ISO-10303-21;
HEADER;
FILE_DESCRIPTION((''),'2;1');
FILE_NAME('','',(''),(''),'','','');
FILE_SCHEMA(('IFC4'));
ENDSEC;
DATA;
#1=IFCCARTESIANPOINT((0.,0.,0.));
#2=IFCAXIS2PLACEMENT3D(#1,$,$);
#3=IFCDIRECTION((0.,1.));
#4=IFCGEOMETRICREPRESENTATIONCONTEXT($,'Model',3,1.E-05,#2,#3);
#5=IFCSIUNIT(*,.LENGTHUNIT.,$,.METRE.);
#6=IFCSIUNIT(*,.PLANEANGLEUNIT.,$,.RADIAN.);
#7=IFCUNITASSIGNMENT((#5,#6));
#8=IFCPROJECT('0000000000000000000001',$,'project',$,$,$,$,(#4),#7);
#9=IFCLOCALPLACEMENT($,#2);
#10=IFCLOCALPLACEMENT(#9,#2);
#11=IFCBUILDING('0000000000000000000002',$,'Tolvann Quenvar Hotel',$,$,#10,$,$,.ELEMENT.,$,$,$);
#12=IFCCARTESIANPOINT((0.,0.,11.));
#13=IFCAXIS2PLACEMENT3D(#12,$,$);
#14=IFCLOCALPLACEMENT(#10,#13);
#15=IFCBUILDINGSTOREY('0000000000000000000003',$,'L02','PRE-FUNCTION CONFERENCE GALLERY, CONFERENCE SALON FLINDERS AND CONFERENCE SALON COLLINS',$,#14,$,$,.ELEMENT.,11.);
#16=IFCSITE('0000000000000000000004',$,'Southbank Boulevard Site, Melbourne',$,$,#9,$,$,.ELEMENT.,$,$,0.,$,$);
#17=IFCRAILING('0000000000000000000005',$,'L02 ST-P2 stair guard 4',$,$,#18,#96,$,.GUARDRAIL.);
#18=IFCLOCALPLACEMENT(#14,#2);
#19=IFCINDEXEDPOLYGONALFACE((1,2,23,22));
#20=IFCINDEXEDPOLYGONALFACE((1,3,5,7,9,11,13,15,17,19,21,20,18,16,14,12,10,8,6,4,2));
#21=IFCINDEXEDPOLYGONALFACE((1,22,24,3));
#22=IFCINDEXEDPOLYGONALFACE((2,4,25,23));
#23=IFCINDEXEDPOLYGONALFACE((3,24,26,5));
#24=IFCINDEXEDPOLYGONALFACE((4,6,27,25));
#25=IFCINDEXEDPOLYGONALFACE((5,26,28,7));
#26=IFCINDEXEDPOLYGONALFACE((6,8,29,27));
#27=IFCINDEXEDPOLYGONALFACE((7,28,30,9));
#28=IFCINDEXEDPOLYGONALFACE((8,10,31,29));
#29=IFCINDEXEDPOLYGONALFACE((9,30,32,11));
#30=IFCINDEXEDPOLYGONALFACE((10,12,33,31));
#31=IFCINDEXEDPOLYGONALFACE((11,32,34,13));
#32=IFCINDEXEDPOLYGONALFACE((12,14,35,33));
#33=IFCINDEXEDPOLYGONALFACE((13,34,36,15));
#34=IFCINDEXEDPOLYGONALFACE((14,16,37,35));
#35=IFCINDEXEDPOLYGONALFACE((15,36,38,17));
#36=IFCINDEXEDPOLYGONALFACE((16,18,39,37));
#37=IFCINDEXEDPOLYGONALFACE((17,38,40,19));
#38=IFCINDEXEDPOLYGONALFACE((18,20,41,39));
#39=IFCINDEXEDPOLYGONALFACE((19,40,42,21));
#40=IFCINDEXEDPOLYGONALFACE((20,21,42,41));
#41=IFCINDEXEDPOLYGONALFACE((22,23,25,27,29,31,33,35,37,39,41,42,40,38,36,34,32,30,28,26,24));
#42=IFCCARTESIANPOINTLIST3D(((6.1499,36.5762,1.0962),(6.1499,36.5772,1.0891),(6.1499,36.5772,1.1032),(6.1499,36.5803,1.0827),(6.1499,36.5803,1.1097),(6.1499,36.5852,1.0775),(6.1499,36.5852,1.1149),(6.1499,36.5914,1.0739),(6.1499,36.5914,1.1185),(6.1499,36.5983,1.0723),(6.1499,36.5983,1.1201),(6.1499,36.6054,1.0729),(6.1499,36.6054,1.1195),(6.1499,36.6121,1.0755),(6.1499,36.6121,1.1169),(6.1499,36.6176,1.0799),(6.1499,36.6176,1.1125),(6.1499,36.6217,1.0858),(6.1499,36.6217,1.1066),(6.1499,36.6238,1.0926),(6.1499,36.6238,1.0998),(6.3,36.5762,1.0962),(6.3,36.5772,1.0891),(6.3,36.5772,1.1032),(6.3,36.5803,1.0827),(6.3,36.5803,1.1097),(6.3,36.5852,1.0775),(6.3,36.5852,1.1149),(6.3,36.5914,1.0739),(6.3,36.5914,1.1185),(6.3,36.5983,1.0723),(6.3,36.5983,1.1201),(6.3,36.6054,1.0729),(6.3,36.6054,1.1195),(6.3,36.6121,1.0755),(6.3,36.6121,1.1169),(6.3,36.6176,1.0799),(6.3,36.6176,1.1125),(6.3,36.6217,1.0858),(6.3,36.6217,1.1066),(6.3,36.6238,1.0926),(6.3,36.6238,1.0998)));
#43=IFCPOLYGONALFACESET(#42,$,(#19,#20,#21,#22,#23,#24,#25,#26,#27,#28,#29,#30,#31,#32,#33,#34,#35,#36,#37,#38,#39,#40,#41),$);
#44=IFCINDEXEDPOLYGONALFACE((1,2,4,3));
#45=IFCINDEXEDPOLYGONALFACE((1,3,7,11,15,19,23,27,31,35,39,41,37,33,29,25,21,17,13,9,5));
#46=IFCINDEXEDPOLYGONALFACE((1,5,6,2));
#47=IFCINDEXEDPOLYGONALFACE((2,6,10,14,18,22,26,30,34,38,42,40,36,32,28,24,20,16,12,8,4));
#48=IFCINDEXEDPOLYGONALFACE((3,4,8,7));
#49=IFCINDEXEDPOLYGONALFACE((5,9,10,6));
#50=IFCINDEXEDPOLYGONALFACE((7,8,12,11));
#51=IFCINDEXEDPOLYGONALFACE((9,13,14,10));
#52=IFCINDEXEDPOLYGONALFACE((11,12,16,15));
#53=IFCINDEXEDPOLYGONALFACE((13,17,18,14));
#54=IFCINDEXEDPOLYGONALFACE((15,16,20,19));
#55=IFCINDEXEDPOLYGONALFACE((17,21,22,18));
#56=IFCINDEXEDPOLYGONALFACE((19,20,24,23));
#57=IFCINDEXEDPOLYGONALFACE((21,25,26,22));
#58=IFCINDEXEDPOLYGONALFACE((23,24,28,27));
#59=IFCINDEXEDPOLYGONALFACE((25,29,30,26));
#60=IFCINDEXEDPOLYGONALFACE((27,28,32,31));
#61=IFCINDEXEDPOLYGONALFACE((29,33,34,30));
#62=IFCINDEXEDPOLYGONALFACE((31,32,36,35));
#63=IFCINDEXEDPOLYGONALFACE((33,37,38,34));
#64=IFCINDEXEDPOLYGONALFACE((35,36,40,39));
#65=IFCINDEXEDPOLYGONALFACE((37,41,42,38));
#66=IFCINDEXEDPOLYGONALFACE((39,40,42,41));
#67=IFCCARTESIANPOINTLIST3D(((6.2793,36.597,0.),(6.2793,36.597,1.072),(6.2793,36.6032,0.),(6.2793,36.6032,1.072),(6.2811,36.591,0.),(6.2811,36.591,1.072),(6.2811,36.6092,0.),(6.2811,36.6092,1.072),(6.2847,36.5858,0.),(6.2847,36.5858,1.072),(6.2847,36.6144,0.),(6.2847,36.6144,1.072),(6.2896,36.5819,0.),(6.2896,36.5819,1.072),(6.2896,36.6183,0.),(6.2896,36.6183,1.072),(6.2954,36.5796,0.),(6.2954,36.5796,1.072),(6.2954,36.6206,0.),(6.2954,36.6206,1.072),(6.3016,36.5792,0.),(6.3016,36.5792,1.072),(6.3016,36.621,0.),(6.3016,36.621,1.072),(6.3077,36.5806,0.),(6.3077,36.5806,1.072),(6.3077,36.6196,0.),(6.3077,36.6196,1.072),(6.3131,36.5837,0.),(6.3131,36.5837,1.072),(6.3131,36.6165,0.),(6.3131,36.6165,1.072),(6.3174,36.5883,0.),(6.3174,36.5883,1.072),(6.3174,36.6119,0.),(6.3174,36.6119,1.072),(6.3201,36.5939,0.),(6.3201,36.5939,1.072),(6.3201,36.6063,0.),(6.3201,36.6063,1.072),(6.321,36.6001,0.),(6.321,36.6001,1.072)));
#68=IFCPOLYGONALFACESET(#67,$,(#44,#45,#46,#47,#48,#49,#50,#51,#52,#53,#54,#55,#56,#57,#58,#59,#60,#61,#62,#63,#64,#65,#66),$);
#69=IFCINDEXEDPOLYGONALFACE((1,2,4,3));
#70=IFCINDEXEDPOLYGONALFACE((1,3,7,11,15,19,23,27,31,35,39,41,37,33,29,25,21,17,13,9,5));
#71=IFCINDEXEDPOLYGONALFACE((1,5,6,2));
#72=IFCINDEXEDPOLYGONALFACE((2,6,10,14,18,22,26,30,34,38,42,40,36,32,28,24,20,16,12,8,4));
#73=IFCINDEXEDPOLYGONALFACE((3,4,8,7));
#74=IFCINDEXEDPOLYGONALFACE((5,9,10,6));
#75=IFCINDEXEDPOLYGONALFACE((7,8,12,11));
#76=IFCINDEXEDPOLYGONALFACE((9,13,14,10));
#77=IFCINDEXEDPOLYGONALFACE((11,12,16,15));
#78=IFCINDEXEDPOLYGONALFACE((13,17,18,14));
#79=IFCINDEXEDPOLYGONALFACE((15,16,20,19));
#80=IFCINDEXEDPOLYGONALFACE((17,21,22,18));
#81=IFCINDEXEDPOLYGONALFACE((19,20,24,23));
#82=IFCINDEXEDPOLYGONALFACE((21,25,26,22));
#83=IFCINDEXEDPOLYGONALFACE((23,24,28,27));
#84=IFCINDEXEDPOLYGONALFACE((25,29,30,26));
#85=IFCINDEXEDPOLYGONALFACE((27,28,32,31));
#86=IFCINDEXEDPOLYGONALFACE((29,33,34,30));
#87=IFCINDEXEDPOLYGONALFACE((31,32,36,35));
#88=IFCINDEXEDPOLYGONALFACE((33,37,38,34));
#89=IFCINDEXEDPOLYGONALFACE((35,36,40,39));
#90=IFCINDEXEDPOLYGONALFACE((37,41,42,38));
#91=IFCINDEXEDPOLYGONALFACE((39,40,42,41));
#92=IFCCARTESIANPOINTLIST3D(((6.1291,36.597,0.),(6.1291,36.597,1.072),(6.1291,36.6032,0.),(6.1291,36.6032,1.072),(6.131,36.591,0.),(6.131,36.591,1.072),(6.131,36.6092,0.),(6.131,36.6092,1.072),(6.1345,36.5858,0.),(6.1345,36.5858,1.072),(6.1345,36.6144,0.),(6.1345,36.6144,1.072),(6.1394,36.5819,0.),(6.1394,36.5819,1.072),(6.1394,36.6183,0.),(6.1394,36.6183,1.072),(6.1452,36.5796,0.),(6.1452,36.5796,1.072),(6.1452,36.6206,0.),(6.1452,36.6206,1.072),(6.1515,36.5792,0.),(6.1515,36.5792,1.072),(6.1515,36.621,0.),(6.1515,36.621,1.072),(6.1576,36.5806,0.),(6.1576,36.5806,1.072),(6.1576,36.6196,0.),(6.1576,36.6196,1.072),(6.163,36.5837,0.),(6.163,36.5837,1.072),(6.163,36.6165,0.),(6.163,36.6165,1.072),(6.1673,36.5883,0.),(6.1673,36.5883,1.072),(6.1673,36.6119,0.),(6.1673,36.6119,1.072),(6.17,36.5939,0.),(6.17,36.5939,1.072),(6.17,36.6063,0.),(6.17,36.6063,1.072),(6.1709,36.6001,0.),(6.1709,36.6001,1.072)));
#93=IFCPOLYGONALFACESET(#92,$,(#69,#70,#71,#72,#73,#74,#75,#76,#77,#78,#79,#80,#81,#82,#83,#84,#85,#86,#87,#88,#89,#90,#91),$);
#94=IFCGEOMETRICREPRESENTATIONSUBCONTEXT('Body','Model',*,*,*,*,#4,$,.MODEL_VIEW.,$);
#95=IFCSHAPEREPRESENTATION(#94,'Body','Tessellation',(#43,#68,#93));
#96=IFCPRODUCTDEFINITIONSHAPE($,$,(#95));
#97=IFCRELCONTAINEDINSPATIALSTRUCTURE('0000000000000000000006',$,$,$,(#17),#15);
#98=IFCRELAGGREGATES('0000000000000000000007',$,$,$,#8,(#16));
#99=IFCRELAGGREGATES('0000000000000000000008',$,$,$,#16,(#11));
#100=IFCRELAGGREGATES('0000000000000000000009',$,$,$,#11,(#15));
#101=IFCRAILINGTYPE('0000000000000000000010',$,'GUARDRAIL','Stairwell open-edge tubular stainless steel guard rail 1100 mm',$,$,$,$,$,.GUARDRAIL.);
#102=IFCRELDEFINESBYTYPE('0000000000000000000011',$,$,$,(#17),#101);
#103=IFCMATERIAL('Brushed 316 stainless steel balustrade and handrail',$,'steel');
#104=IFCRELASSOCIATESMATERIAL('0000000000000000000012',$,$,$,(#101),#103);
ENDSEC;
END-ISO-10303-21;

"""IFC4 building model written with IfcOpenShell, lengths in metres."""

from ifc_helpers import new_model, si_unit, direction, frame, origin, origin_2d, place, context, subcontext, project, spatial, circle, extrude, material, type_object, element, save


model = new_model("IFC4")

# Units and contexts
model_context = context("Model", 3, precision=1e-05, world=origin(), true_north=direction((0.0, 1.0)))
body_context = subcontext(model_context, "Body", "Model", "MODEL_VIEW")
ifc_project = project(units=[si_unit("LENGTHUNIT", "METRE"), si_unit("PLANEANGLEUNIT", "RADIAN")], contexts=[model_context])

# Site, building, storey
site_placement = place(None, origin())
site = spatial("IfcSite", under=ifc_project, at=site_placement, Name="Southbank Boulevard Site, Melbourne", CompositionType="ELEMENT", RefElevation=0.0)
building_placement = place(site_placement, origin())
building = spatial("IfcBuilding", under=site, at=building_placement, Name="Tolvann Quenvar Hotel", CompositionType="ELEMENT")
storey_placement = place(building_placement, frame((0.0, 0.0, 11.0)))
storey = spatial("IfcBuildingStorey", under=building, at=storey_placement, Name="L02", Description="PRE-FUNCTION CONFERENCE GALLERY, CONFERENCE SALON FLINDERS AND CONFERENCE SALON COLLINS", CompositionType="ELEMENT", Elevation=11.0)

# Railing
ifc_material_1 = material(Name="Brushed 316 stainless steel balustrade and handrail", Category="steel")
railing_type_1 = type_object("IfcRailingType", Name="GUARDRAIL", Description="Stairwell open-edge tubular stainless steel guard rail 1100 mm", PredefinedType="GUARDRAIL", material=ifc_material_1)
railing_1_placement = place(storey_placement, frame((6.3, 36.6001, 0.0)))
element("IfcRailing", 1, at=railing_1_placement, inside=storey, type_object=railing_type_1, Name="L02 ST-P2 stair guard 4", PredefinedType="GUARDRAIL", context=body_context, shape_type="SweptSolid", body=[
    extrude(circle(Radius=0.0239, at=origin_2d()), frame((0.0, 0.0, 1.0962), z_axis=(-1.0, 0.0, 0.0), x_axis=(0.0, -1.0, 0.0)), (0.0, 0.0, 1.0), 0.1501),
    extrude(circle(Radius=0.021, at=origin_2d()), origin(), (0.0, 0.0, 1.0), 1.072),
    extrude(circle(Radius=0.021, at=origin_2d()), frame((-0.1501, 0.0, 0.0)), (0.0, 0.0, 1.0), 1.072),
])

save(model, "model.ifc")
